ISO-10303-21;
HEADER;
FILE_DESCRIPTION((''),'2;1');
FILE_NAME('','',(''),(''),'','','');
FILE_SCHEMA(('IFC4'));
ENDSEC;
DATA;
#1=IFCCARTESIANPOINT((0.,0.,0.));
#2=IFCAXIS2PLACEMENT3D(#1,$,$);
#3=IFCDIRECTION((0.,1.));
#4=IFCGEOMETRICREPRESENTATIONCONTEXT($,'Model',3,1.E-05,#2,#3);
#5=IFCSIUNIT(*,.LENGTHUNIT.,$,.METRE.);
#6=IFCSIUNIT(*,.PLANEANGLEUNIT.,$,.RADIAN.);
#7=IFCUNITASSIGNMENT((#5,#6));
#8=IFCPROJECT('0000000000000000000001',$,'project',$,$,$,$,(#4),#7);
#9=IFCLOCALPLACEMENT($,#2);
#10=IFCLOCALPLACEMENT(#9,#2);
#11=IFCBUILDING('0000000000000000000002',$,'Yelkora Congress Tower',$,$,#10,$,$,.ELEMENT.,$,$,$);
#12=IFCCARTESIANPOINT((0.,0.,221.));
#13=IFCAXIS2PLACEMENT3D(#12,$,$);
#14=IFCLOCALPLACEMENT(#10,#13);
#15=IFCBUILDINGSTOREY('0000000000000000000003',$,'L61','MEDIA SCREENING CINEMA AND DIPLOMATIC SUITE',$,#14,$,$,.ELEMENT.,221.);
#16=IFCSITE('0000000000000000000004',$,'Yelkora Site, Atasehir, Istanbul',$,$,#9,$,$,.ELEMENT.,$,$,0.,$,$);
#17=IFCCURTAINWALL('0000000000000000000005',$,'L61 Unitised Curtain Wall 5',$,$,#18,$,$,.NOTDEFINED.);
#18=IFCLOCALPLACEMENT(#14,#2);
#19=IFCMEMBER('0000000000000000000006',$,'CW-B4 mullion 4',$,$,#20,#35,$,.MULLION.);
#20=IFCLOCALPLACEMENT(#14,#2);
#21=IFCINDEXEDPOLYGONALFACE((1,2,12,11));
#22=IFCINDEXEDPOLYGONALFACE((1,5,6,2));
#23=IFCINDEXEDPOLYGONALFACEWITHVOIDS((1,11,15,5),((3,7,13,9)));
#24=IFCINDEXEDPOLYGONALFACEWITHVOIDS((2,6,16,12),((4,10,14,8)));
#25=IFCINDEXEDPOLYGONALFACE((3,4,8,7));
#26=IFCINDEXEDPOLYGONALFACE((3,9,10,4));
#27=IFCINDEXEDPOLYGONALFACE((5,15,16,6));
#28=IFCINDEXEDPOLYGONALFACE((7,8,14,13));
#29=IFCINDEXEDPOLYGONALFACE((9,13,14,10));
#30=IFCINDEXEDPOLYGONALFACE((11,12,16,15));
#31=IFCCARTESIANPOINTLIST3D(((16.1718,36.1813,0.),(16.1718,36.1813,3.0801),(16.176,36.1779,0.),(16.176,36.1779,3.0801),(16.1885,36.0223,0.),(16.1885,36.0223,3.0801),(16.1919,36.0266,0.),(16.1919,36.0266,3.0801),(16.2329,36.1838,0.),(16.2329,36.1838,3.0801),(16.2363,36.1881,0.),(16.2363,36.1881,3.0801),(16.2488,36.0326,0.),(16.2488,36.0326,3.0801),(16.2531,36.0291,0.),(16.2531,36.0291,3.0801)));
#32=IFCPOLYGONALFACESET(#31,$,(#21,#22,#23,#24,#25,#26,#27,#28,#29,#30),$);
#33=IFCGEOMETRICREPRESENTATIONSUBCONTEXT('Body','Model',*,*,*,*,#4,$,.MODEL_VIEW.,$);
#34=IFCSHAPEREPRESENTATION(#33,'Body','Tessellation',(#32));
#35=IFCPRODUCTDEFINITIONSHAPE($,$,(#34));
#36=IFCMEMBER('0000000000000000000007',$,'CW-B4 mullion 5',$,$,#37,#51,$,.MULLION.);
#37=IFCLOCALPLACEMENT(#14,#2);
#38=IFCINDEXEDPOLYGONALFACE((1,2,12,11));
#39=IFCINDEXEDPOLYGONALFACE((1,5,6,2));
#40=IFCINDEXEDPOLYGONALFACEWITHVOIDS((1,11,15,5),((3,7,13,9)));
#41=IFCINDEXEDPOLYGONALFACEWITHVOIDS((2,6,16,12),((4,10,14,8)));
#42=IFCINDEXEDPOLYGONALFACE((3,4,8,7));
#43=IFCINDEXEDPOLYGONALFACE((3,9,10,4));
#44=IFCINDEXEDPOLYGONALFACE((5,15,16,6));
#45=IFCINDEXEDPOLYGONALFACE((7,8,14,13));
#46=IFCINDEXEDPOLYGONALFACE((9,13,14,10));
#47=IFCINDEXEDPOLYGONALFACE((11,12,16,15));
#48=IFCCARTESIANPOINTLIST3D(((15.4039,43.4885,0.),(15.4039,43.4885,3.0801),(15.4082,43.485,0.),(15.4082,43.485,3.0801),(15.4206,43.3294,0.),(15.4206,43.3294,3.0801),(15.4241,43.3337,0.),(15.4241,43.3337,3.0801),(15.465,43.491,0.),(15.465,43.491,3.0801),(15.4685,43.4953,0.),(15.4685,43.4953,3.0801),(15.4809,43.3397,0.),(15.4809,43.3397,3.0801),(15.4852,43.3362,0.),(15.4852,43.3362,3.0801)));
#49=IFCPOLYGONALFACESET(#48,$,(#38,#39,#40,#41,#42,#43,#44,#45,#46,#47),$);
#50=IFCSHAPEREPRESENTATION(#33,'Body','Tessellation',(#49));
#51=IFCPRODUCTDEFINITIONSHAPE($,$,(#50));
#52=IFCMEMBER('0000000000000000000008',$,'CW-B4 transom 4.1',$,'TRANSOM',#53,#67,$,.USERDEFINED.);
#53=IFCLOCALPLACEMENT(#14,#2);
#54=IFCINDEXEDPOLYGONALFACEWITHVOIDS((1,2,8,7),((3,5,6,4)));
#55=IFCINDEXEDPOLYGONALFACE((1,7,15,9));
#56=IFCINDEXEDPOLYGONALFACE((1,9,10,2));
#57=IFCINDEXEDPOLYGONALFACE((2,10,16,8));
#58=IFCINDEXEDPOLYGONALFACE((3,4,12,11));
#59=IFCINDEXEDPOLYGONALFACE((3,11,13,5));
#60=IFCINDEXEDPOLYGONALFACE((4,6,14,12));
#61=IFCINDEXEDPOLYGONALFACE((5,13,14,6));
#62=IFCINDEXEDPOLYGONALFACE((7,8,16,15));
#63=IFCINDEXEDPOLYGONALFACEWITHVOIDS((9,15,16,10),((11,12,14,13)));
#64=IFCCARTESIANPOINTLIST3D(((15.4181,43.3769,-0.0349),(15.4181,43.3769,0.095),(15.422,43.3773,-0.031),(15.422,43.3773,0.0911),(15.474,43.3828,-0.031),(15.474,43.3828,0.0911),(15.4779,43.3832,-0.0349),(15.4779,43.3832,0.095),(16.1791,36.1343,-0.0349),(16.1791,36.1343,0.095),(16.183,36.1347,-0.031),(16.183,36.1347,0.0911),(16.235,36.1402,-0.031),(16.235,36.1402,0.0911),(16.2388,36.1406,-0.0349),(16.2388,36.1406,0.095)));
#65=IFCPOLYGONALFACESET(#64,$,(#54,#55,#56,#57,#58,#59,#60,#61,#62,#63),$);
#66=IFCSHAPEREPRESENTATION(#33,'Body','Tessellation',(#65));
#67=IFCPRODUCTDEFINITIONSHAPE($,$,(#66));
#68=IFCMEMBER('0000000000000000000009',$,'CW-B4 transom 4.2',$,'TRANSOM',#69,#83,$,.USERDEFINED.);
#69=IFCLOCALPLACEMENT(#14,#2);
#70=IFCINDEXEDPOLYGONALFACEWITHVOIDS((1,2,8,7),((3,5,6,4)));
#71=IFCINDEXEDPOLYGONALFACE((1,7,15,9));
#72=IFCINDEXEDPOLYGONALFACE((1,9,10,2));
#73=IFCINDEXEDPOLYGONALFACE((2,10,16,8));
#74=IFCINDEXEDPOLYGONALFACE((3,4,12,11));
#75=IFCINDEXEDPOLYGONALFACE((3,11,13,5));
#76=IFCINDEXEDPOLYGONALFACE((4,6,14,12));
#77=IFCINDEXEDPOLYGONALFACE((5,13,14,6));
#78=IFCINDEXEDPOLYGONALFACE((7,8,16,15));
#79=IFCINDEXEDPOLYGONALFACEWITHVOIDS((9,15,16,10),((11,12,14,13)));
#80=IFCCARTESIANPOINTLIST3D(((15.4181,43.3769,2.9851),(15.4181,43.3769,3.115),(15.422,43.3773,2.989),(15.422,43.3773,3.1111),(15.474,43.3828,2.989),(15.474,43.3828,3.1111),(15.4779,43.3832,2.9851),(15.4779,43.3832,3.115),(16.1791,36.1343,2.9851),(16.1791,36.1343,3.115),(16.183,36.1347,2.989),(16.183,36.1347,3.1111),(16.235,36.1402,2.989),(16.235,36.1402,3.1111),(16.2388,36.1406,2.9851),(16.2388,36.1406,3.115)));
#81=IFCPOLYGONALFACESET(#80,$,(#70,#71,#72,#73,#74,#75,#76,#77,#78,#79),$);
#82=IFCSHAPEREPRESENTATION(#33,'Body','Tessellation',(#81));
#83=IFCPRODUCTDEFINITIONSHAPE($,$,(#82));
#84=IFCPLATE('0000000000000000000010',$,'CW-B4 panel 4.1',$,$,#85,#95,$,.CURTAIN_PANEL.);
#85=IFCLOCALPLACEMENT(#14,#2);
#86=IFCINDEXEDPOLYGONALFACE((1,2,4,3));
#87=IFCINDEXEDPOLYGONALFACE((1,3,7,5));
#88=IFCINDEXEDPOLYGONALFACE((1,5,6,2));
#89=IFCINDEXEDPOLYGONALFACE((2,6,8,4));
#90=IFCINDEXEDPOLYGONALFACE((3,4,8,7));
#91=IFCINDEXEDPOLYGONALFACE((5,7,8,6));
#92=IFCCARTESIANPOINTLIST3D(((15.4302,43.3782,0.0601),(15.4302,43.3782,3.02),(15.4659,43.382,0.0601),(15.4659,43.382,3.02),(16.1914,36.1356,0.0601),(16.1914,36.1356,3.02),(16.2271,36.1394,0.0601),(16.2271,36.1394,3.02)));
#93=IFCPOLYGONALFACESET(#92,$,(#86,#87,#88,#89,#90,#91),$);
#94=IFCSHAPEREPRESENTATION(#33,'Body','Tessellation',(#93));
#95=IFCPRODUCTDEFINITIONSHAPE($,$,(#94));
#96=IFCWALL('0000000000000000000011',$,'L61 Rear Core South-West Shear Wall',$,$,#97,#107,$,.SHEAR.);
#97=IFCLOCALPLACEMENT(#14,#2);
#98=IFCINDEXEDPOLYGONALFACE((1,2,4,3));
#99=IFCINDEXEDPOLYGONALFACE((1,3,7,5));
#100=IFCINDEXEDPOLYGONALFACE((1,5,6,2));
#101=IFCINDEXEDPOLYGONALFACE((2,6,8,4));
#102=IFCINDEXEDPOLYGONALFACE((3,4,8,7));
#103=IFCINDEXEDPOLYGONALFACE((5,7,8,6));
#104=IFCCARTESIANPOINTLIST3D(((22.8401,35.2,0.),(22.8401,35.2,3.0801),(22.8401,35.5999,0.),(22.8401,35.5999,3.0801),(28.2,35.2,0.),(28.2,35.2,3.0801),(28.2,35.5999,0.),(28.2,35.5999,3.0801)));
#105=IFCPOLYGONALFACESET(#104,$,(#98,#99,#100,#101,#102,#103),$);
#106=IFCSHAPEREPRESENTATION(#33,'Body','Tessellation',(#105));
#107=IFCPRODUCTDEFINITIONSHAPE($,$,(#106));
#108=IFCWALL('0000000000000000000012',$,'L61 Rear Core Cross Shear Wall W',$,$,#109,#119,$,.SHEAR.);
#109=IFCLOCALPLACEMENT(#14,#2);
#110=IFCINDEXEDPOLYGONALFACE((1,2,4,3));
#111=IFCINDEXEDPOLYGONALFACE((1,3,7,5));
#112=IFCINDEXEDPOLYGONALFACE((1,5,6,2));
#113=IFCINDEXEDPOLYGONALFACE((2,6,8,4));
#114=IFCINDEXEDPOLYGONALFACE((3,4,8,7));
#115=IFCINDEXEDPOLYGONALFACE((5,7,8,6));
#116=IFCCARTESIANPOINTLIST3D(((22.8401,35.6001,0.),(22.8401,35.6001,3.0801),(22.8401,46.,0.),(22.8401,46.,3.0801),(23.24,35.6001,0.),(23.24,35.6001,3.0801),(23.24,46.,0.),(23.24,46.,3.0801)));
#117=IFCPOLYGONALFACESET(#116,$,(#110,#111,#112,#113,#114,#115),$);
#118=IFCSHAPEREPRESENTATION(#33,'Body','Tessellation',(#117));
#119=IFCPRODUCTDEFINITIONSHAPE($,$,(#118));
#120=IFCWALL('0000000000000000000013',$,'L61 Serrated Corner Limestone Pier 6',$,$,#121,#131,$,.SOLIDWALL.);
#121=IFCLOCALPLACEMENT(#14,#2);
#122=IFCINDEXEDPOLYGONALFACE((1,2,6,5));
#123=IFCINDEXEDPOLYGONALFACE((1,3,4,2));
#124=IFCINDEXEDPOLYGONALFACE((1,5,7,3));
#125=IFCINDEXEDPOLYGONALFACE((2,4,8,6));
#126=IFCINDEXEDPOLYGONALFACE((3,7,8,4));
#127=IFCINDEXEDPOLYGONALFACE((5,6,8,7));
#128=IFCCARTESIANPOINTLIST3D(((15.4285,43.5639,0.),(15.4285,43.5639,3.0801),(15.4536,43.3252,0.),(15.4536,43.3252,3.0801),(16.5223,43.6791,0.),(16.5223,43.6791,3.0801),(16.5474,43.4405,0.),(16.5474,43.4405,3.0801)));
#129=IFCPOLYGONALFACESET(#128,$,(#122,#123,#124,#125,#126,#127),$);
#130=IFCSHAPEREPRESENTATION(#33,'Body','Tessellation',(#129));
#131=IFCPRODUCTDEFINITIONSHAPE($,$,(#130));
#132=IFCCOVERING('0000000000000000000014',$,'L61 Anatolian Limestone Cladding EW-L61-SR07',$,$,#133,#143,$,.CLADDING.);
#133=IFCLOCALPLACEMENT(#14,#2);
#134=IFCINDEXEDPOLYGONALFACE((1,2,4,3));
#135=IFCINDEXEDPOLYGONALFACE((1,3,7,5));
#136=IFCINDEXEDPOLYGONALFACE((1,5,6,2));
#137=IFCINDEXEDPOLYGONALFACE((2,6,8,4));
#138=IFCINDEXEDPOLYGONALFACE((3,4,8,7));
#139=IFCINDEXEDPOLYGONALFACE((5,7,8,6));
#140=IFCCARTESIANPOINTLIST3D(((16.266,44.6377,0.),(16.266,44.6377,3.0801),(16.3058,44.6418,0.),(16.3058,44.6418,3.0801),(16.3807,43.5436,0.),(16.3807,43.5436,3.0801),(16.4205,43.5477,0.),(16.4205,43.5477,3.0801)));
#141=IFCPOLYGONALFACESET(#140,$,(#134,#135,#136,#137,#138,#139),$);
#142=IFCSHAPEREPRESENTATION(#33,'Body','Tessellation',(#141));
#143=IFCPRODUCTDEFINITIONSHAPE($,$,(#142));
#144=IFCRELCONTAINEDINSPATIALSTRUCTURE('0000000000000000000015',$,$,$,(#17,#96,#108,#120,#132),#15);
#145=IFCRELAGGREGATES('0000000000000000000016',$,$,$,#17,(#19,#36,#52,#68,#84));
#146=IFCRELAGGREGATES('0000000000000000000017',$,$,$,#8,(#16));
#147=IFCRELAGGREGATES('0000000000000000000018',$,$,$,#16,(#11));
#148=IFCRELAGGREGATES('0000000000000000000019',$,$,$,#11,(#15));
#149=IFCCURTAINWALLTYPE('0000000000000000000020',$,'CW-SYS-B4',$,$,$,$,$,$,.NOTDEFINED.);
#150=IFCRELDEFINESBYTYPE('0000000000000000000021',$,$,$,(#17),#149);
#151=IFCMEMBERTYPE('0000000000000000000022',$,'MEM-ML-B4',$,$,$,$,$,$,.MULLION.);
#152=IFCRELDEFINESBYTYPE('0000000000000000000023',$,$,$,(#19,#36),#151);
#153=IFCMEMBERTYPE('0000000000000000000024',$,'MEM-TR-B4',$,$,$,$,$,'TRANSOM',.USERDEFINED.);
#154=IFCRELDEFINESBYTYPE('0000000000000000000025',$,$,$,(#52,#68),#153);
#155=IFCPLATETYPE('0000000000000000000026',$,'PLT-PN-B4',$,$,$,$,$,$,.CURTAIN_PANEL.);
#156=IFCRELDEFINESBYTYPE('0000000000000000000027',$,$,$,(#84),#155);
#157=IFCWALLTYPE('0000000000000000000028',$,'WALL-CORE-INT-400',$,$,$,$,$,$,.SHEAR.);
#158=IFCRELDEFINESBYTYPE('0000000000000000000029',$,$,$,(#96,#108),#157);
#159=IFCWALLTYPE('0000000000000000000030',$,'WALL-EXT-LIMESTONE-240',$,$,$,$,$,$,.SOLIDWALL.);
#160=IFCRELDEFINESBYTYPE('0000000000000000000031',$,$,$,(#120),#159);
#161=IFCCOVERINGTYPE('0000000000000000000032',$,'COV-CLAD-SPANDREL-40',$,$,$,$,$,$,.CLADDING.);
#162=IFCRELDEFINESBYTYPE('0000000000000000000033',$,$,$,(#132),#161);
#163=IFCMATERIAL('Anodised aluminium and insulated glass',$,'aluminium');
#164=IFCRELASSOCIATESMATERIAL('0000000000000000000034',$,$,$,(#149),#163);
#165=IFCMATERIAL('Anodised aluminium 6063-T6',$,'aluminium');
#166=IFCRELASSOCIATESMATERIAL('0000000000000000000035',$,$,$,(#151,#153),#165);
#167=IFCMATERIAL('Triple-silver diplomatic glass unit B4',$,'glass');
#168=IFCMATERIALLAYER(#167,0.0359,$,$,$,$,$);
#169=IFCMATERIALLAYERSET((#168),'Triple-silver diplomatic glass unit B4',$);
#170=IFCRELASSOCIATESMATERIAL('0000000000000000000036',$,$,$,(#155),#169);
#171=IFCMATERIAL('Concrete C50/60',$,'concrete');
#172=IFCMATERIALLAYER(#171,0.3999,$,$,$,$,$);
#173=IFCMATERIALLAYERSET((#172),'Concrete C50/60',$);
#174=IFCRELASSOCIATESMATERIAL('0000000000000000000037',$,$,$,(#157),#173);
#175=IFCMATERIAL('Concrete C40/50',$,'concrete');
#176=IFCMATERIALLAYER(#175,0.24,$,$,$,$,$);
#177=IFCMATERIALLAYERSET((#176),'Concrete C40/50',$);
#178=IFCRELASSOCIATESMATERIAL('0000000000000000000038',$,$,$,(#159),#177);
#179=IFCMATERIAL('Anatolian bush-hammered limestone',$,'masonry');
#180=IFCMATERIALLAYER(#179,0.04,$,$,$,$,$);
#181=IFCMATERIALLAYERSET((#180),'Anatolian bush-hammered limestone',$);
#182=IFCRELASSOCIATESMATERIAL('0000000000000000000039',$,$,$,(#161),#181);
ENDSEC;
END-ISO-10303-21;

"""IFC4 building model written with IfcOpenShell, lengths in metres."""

from ifc_helpers import new_model, si_unit, direction, frame, frame_2d, origin, origin_2d, place, context, subcontext, project, spatial, rectangle, hollow_rectangle, extrude, material, layer, layer_set, material_profile, profile_set, type_object, element, aggregate, save


model = new_model("IFC4")

# Units and contexts
model_context = context("Model", 3, precision=1e-05, world=origin(), true_north=direction((0.0, 1.0)))
body_context = subcontext(model_context, "Body", "Model", "MODEL_VIEW")
ifc_project = project(units=[si_unit("LENGTHUNIT", "METRE"), si_unit("PLANEANGLEUNIT", "RADIAN")], contexts=[model_context])

# Site, building, storey
site_placement = place(None, origin())
site = spatial("IfcSite", under=ifc_project, at=site_placement, Name="Yelkora Site, Atasehir, Istanbul", CompositionType="ELEMENT", RefElevation=0.0)
building_placement = place(site_placement, origin())
building = spatial("IfcBuilding", under=site, at=building_placement, Name="Yelkora Congress Tower", CompositionType="ELEMENT")
storey_placement = place(building_placement, frame((0.0, 0.0, 221.0)))
storey = spatial("IfcBuildingStorey", under=building, at=storey_placement, Name="L61", Description="MEDIA SCREENING CINEMA AND DIPLOMATIC SUITE", CompositionType="ELEMENT", Elevation=221.0)

# Curtain wall, members, plate
ifc_material_1 = material(Name="Anodised aluminium and insulated glass", Category="aluminium")
curtain_wall_type = type_object("IfcCurtainWallType", Name="CW-SYS-B4", PredefinedType="NOTDEFINED", material=ifc_material_1)
curtain_wall_placement = place(storey_placement, origin())
curtain_wall = element("IfcCurtainWall", 1, at=curtain_wall_placement, inside=storey, type_object=curtain_wall_type, Name="L61 Unitised Curtain Wall 5", PredefinedType="NOTDEFINED")
ifc_material_2 = material(Name="Anodised aluminium 6063-T6", Category="aluminium")
ifc_material_profile_1 = material_profile(ifc_material_2, hollow_rectangle(XDim=0.0649, YDim=0.1599, WallThickness=0.0039, at=origin_2d()), Name="ALU 65x160x4")
ifc_profile_set_1 = profile_set([ifc_material_profile_1], Name="Anodised aluminium 6063-T6")
member_type_1 = type_object("IfcMemberType", Name="MEM-ML-B4", PredefinedType="MULLION", material=ifc_profile_set_1)
member_1_placement = place(storey_placement, frame((16.2124, 36.1052, 0.0), z_axis=(0.0, 0.0, 1.0), x_axis=(-0.994522, -0.104526, 0.0)))
member_1 = element("IfcMember", 2, at=member_1_placement, type_object=member_type_1, Name="CW-B4 mullion 4", PredefinedType="MULLION", context=body_context, shape_type="SweptSolid", body=[
    extrude(hollow_rectangle(XDim=0.0649, YDim=0.1599, WallThickness=0.0039, at=origin_2d()), origin(), (0.0, 0.0, 1.0), 3.0801),
])
member_2_placement = place(storey_placement, frame((15.4446, 43.4124, 0.0), z_axis=(0.0, 0.0, 1.0), x_axis=(-0.994522, -0.104526, 0.0)))
member_2 = element("IfcMember", 3, at=member_2_placement, type_object=member_type_1, Name="CW-B4 mullion 5", PredefinedType="MULLION", context=body_context, shape_type="SweptSolid", body=[
    extrude(hollow_rectangle(XDim=0.0649, YDim=0.1599, WallThickness=0.0039, at=origin_2d()), origin(), (0.0, 0.0, 1.0), 3.0801),
])
ifc_material_profile_2 = material_profile(ifc_material_2, hollow_rectangle(XDim=0.0601, YDim=0.1299, WallThickness=0.0039, at=origin_2d()), Name="ALU 60x130x4")
ifc_profile_set_2 = profile_set([ifc_material_profile_2], Name="Anodised aluminium 6063-T6")
member_type_2 = type_object("IfcMemberType", Name="MEM-TR-B4", ElementType="TRANSOM", PredefinedType="USERDEFINED", material=ifc_profile_set_2)
member_3_placement = place(storey_placement, frame((16.209, 36.1375, 0.03), z_axis=(-0.104495, 0.994525, 0.0), x_axis=(-0.994525, -0.104495, 0.0)))
member_3 = element("IfcMember", 4, at=member_3_placement, type_object=member_type_2, Name="CW-B4 transom 4.1", ObjectType="TRANSOM", PredefinedType="USERDEFINED", context=body_context, shape_type="SweptSolid", body=[
    extrude(hollow_rectangle(XDim=0.0601, YDim=0.1299, WallThickness=0.0039, at=origin_2d()), origin(), (0.0, 0.0, 1.0), 7.2825),
])
member_4_placement = place(storey_placement, frame((16.209, 36.1375, 3.05), z_axis=(-0.104495, 0.994525, 0.0), x_axis=(-0.994525, -0.104495, 0.0)))
member_4 = element("IfcMember", 5, at=member_4_placement, type_object=member_type_2, Name="CW-B4 transom 4.2", ObjectType="TRANSOM", PredefinedType="USERDEFINED", context=body_context, shape_type="SweptSolid", body=[
    extrude(hollow_rectangle(XDim=0.0601, YDim=0.1299, WallThickness=0.0039, at=origin_2d()), origin(), (0.0, 0.0, 1.0), 7.2825),
])
ifc_material_3 = material(Name="Triple-silver diplomatic glass unit B4", Category="glass")
ifc_layer_1 = layer(ifc_material_3, 0.0359)
ifc_layer_set_1 = layer_set([ifc_layer_1], Name="Triple-silver diplomatic glass unit B4")
plate_type = type_object("IfcPlateType", Name="PLT-PN-B4", PredefinedType="CURTAIN_PANEL", material=ifc_layer_set_1)
plate_placement = place(storey_placement, frame((15.8286, 39.7588, 0.0601), z_axis=(0.0, 0.0, 1.0), x_axis=(-0.104526, 0.994522, 0.0)))
plate = element("IfcPlate", 6, at=plate_placement, type_object=plate_type, Name="CW-B4 panel 4.1", PredefinedType="CURTAIN_PANEL", context=body_context, shape_type="SweptSolid", body=[
    extrude(rectangle(XDim=7.2825, YDim=0.0359, at=origin_2d()), origin(), (0.0, 0.0, 1.0), 2.96),
])
aggregate(curtain_wall, [member_1, member_2, member_3, member_4, plate])

# Walls
ifc_material_4 = material(Name="Concrete C50/60", Category="concrete")
ifc_layer_2 = layer(ifc_material_4, 0.3999)
ifc_layer_set_2 = layer_set([ifc_layer_2], Name="Concrete C50/60")
wall_type_1 = type_object("IfcWallType", Name="WALL-CORE-INT-400", PredefinedType="SHEAR", material=ifc_layer_set_2)
wall_1_placement = place(storey_placement, frame((22.8401, 35.3999, 0.0), z_axis=(0.0, 0.0, 1.0), x_axis=(1.0, 0.0, 0.0)))
element("IfcWall", 7, at=wall_1_placement, inside=storey, type_object=wall_type_1, Name="L61 Rear Core South-West Shear Wall", PredefinedType="SHEAR", context=body_context, shape_type="SweptSolid", body=[
    extrude(rectangle(XDim=5.3599, YDim=0.3999, at=frame_2d((2.6799, 0.0))), origin(), (0.0, 0.0, 1.0), 3.0801),
])
wall_2_placement = place(storey_placement, frame((23.04, 35.6001, 0.0), z_axis=(0.0, 0.0, 1.0), x_axis=(0.0, 1.0, 0.0)))
element("IfcWall", 8, at=wall_2_placement, inside=storey, type_object=wall_type_1, Name="L61 Rear Core Cross Shear Wall W", PredefinedType="SHEAR", context=body_context, shape_type="SweptSolid", body=[
    extrude(rectangle(XDim=10.3999, YDim=0.3999, at=frame_2d((5.2, 0.0))), origin(), (0.0, 0.0, 1.0), 3.0801),
])
ifc_material_5 = material(Name="Concrete C40/50", Category="concrete")
ifc_layer_3 = layer(ifc_material_5, 0.24)
ifc_layer_set_3 = layer_set([ifc_layer_3], Name="Concrete C40/50")
wall_type_2 = type_object("IfcWallType", Name="WALL-EXT-LIMESTONE-240", PredefinedType="SOLIDWALL", material=ifc_layer_set_3)
wall_3_placement = place(storey_placement, frame((15.4412, 43.4446, 0.0), z_axis=(0.0, 0.0, 1.0), x_axis=(0.994496, 0.104777, 0.0)))
element("IfcWall", 9, at=wall_3_placement, inside=storey, type_object=wall_type_2, Name="L61 Serrated Corner Limestone Pier 6", PredefinedType="SOLIDWALL", context=body_context, shape_type="SweptSolid", body=[
    extrude(rectangle(XDim=1.0999, YDim=0.24, at=frame_2d((0.5498, 0.0))), origin(), (0.0, 0.0, 1.0), 3.0801),
])

# Covering
ifc_material_6 = material(Name="Anatolian bush-hammered limestone", Category="masonry")
ifc_layer_4 = layer(ifc_material_6, 0.04)
ifc_layer_set_4 = layer_set([ifc_layer_4], Name="Anatolian bush-hammered limestone")
covering_type = type_object("IfcCoveringType", Name="COV-CLAD-SPANDREL-40", PredefinedType="CLADDING", material=ifc_layer_set_4)
covering_placement = place(storey_placement, frame((16.4006, 43.5457, 0.0), z_axis=(0.0, 0.0, 1.0), x_axis=(-0.104315, 0.994544, 0.0)))
element("IfcCovering", 10, at=covering_placement, inside=storey, type_object=covering_type, Name="L61 Anatolian Limestone Cladding EW-L61-SR07", PredefinedType="CLADDING", context=body_context, shape_type="SweptSolid", body=[
    extrude(rectangle(XDim=1.1001, YDim=0.04, at=frame_2d((0.55, 0.0))), origin(), (0.0, 0.0, 1.0), 3.0801),
])

save(model, "model.ifc")
